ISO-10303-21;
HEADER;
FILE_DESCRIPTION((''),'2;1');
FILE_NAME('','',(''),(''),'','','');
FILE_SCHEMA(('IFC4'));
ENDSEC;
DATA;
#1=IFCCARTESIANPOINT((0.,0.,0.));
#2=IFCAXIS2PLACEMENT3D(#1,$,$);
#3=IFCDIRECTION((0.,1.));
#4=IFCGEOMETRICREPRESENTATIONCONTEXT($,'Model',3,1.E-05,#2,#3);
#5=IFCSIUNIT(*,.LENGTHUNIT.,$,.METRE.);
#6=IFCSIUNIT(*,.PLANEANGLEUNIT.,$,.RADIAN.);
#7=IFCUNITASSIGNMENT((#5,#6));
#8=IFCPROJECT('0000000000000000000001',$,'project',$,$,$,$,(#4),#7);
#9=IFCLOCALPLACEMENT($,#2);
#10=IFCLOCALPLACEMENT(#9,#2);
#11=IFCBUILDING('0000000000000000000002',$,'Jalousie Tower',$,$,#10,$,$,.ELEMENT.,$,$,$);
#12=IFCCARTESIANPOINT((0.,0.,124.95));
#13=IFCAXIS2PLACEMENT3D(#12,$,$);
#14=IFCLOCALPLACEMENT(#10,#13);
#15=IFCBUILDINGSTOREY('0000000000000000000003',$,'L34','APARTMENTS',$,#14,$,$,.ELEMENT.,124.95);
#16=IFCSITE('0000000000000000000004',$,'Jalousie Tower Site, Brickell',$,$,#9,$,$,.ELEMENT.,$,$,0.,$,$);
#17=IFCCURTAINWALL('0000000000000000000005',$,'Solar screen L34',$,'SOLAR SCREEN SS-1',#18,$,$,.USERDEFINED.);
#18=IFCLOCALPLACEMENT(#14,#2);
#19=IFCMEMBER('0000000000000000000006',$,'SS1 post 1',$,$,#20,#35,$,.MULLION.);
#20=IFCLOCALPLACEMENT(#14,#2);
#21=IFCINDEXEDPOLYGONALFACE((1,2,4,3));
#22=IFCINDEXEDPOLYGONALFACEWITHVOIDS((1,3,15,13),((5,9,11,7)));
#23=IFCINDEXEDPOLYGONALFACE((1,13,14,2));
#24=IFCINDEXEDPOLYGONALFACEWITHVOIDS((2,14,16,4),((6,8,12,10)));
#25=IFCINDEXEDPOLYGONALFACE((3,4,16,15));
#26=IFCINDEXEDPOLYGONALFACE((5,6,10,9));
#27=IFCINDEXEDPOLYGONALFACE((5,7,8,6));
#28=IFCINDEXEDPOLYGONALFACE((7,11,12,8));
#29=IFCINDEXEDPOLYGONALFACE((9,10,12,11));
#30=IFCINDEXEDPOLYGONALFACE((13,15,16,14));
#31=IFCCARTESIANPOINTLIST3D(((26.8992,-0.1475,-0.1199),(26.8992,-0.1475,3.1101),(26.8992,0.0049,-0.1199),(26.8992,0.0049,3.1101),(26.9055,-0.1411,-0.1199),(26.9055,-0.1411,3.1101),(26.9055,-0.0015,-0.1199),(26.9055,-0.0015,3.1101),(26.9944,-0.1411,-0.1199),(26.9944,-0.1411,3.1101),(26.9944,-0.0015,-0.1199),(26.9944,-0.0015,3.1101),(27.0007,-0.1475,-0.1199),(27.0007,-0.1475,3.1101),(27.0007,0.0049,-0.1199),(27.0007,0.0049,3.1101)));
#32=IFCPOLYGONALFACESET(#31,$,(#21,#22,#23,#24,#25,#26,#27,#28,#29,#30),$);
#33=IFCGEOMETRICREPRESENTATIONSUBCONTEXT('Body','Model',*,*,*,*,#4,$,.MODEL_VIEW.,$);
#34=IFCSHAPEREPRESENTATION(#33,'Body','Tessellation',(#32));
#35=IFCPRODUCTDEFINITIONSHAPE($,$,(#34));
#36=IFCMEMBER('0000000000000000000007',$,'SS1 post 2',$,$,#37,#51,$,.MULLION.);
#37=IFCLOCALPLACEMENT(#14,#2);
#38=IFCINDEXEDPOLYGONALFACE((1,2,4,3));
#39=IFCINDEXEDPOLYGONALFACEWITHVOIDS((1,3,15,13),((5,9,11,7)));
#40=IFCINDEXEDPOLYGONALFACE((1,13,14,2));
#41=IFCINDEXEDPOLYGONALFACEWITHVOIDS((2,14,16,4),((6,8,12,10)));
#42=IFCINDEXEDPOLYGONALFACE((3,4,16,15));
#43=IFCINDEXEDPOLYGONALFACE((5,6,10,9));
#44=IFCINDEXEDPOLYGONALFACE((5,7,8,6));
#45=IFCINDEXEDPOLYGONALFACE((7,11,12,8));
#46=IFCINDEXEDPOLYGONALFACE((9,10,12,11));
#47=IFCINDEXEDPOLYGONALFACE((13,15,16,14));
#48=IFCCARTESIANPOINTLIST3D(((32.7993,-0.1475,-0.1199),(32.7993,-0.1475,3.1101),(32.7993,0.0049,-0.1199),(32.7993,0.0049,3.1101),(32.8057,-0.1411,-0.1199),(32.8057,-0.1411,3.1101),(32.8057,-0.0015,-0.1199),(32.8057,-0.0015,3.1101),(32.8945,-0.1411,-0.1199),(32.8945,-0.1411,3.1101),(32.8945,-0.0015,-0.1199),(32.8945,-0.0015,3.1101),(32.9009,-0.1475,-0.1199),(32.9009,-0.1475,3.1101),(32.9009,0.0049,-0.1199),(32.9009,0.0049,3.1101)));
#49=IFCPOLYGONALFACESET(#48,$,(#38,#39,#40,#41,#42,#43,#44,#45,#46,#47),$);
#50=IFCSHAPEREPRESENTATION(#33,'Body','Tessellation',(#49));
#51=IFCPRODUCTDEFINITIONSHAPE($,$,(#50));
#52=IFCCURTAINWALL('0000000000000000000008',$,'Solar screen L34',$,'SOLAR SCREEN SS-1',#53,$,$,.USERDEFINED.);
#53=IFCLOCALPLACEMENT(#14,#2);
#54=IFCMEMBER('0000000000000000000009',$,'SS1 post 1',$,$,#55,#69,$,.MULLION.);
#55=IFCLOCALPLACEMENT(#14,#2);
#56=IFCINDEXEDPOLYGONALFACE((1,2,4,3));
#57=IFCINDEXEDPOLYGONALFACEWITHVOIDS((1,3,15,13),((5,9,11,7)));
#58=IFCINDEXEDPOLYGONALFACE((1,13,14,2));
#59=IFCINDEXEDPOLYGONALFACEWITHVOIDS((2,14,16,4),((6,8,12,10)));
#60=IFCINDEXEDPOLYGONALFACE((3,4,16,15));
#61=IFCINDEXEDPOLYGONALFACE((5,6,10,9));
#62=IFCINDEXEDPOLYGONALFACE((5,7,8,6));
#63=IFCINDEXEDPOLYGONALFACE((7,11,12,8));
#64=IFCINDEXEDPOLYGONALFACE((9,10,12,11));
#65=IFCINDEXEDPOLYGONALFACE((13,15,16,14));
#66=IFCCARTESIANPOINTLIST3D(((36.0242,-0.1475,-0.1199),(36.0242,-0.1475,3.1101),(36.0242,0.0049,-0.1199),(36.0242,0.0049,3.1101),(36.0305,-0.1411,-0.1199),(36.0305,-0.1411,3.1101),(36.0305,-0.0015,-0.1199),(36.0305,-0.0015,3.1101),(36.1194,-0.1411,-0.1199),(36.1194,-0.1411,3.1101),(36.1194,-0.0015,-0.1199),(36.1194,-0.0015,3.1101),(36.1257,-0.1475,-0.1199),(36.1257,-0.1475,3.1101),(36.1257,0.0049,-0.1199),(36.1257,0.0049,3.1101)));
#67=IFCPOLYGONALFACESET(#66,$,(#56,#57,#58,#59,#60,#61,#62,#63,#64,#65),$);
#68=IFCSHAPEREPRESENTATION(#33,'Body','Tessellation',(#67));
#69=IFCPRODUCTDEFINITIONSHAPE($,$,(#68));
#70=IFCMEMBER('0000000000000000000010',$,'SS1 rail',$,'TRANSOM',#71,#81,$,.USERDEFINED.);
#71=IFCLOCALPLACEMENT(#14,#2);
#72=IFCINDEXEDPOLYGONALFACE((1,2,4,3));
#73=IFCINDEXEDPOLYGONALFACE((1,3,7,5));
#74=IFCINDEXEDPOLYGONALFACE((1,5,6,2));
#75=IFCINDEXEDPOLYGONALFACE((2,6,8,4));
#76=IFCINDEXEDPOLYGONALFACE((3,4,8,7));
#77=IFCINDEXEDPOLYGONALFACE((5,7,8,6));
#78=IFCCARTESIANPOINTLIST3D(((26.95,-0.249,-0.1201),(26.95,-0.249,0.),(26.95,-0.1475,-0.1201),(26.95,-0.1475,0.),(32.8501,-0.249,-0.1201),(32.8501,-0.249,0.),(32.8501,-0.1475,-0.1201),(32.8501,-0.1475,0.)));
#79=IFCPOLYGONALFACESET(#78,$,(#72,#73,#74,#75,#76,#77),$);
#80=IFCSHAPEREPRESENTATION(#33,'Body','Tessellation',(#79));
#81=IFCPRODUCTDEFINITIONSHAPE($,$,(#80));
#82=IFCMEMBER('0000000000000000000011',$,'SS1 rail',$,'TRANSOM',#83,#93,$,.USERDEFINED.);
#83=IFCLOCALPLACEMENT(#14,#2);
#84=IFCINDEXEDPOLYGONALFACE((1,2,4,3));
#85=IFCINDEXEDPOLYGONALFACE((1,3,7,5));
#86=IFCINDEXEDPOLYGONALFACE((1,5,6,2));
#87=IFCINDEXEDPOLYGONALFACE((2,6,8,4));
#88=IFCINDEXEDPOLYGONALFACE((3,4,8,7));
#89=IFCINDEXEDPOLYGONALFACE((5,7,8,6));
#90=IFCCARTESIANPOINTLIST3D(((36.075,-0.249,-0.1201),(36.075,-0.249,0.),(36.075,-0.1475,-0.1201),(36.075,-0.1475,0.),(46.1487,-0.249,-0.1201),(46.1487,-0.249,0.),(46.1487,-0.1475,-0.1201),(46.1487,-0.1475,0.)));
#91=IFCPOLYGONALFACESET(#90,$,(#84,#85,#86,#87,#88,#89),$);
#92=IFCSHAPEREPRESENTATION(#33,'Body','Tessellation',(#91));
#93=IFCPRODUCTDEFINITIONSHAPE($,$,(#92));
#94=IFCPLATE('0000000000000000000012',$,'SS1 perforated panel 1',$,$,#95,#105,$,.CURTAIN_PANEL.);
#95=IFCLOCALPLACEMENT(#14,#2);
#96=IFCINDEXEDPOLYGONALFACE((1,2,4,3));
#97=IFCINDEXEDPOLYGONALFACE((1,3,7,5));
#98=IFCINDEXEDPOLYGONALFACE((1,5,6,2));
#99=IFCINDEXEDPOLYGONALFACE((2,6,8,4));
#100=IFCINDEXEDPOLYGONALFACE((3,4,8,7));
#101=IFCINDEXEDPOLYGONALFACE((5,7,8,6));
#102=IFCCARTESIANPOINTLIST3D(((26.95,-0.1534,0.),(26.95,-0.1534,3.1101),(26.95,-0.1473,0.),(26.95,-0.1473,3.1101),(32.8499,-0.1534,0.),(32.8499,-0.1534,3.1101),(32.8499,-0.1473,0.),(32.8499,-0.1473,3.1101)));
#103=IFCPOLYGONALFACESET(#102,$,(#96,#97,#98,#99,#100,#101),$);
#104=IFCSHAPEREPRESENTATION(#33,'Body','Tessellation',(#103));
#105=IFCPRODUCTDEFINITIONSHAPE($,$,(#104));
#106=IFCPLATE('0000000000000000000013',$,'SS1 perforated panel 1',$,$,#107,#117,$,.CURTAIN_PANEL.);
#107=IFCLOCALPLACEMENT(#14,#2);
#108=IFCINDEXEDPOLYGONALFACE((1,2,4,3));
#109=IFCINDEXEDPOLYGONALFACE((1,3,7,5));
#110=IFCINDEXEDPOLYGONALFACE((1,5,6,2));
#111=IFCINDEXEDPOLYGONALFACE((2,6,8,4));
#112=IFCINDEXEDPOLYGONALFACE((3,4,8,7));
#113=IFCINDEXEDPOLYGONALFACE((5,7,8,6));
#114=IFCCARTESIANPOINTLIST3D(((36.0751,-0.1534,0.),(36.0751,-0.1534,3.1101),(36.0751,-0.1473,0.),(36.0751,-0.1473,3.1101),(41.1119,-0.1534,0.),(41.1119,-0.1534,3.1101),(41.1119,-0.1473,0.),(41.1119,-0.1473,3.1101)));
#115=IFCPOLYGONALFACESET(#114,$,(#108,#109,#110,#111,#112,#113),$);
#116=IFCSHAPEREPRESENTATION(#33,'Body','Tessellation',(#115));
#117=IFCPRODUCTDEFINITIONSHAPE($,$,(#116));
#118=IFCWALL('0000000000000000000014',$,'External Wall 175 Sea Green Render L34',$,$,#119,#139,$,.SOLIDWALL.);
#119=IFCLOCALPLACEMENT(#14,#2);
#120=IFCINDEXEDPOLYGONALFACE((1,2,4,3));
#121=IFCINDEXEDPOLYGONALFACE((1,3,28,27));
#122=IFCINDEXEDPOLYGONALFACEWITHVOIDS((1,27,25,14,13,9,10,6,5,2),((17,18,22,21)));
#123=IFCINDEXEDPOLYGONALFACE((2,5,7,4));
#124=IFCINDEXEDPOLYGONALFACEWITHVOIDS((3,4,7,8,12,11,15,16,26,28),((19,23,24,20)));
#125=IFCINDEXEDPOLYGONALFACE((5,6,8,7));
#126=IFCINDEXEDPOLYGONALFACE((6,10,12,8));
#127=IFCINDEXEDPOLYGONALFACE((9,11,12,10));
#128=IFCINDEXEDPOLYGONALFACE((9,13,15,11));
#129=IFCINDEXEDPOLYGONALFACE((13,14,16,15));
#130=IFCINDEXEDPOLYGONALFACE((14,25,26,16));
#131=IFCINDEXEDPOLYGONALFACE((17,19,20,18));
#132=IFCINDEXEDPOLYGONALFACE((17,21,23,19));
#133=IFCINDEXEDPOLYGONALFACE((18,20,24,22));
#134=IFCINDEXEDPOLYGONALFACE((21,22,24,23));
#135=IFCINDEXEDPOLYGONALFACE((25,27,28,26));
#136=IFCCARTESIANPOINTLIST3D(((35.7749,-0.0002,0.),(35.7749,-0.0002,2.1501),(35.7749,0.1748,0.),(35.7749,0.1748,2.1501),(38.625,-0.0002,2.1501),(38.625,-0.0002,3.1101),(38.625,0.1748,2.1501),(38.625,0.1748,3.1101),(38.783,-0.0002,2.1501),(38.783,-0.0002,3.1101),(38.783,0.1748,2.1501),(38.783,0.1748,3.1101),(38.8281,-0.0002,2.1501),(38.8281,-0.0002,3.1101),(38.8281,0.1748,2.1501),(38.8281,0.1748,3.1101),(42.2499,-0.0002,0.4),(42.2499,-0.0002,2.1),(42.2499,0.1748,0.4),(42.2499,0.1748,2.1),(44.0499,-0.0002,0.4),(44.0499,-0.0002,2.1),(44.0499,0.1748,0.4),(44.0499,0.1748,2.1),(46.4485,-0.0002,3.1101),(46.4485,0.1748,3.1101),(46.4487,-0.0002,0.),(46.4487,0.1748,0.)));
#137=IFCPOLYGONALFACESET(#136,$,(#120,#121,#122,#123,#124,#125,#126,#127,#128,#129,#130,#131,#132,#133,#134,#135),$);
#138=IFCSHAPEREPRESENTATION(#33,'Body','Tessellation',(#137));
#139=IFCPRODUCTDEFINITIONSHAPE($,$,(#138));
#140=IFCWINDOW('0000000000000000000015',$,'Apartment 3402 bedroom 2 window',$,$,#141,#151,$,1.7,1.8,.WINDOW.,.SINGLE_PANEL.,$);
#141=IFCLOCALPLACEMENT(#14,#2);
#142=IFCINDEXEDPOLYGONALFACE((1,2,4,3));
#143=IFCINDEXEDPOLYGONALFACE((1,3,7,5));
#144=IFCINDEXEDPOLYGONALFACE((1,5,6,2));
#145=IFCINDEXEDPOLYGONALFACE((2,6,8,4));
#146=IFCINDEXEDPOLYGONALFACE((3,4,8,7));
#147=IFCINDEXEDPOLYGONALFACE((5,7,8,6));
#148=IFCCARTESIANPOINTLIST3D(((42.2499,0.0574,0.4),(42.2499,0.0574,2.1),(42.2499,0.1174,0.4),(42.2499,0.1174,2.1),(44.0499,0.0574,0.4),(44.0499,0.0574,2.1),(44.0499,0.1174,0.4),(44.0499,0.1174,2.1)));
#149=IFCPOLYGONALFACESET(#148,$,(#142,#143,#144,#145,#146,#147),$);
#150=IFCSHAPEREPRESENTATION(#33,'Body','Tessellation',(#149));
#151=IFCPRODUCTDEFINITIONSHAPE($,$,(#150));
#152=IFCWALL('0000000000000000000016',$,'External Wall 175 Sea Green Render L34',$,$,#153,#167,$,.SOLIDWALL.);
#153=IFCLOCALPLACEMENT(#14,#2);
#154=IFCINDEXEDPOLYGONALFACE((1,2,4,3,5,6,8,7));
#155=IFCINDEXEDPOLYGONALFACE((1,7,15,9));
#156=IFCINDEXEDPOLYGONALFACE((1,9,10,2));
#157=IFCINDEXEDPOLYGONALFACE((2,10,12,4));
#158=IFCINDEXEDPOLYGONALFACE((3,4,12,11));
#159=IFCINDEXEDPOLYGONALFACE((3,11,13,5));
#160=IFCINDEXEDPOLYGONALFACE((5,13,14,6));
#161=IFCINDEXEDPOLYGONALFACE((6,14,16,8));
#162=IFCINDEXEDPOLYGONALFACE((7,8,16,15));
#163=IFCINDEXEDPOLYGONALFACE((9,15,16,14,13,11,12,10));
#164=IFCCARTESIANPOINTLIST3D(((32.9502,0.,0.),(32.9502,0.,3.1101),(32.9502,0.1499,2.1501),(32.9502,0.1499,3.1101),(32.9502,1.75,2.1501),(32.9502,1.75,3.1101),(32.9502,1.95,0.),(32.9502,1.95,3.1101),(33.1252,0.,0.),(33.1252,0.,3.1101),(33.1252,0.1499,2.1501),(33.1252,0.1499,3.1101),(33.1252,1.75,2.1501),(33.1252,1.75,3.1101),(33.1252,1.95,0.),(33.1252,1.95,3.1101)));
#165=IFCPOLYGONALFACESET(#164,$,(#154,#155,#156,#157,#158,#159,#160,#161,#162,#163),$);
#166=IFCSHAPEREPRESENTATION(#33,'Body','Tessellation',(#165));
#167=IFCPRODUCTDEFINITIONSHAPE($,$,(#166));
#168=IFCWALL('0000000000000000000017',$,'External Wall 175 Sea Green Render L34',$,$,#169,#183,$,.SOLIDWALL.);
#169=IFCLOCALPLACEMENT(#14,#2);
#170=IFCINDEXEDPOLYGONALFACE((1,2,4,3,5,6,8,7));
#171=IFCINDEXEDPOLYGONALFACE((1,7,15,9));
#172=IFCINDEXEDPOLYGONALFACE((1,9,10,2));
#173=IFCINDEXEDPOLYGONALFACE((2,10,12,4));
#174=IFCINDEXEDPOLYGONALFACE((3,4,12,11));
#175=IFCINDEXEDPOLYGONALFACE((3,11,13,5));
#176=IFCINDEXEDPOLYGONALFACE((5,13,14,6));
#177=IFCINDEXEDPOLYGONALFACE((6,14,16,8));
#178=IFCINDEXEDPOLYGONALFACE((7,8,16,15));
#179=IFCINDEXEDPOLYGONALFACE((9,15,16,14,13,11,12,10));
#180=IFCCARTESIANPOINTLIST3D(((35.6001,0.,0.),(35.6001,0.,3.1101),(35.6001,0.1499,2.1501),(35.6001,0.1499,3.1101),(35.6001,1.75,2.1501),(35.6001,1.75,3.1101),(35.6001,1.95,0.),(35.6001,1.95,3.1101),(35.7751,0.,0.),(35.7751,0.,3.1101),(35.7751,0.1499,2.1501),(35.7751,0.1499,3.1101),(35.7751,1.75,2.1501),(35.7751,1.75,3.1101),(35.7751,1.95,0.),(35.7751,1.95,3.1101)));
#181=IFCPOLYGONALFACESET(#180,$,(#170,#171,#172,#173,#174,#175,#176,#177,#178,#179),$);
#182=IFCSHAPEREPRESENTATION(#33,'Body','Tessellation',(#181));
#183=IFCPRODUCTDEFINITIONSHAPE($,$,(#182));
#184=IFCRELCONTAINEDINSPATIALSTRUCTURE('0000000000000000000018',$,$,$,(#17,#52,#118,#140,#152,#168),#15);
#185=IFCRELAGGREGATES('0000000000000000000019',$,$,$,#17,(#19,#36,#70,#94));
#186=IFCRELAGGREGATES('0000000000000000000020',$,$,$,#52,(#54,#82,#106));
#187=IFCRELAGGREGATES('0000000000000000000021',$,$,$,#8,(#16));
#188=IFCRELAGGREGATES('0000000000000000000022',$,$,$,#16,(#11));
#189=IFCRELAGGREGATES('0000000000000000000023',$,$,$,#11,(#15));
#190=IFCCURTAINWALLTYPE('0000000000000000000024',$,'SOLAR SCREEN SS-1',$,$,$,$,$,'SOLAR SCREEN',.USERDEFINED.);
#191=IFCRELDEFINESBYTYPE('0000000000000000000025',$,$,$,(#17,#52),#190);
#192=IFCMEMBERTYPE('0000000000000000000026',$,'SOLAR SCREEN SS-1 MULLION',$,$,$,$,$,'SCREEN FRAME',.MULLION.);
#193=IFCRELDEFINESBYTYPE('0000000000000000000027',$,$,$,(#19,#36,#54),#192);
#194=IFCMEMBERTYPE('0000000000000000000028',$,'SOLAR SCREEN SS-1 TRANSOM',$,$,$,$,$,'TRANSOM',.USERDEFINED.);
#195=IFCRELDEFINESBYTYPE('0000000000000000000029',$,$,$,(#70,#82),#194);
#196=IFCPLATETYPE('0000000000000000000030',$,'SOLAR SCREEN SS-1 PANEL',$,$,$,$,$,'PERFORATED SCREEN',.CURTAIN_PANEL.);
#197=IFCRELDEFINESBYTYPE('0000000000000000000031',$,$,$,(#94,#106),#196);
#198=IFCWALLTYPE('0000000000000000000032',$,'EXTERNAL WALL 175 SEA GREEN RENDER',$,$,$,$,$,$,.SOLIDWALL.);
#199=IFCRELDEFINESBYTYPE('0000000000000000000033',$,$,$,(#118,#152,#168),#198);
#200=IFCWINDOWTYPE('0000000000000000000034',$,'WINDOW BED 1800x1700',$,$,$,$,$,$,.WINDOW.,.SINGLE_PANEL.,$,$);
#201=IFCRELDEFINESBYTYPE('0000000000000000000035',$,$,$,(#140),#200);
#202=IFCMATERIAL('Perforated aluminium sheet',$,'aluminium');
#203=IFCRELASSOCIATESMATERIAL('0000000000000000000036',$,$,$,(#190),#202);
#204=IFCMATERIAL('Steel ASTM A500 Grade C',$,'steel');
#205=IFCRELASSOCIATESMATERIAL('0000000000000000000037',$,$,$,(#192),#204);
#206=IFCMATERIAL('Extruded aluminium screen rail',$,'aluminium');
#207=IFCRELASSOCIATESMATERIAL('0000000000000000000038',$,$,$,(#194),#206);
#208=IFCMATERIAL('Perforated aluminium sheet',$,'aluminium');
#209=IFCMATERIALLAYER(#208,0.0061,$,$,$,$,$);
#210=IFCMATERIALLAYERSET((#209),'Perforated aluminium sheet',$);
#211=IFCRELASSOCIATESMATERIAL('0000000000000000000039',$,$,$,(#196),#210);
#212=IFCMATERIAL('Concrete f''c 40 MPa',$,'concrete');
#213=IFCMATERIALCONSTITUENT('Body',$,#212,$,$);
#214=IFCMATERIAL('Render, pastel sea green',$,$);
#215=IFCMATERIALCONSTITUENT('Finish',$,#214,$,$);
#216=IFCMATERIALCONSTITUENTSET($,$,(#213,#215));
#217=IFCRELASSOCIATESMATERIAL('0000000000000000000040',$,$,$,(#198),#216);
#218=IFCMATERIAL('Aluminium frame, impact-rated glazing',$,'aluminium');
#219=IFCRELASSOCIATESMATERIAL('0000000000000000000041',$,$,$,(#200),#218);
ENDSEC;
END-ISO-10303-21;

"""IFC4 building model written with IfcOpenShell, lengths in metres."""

from ifc_helpers import new_model, si_unit, direction, frame, frame_2d, origin, origin_2d, place, context, subcontext, project, spatial, polyline, rectangle, hollow_rectangle, outline, extrude, material, layer, layer_set, constituent, constituent_set, material_profile, profile_set, type_object, element, fill, aggregate, save


model = new_model("IFC4")

# Units and contexts
model_context = context("Model", 3, precision=1e-05, world=origin(), true_north=direction((0.0, 1.0)))
body_context = subcontext(model_context, "Body", "Model", "MODEL_VIEW")
ifc_project = project(units=[si_unit("LENGTHUNIT", "METRE"), si_unit("PLANEANGLEUNIT", "RADIAN")], contexts=[model_context])

# Site, building, storey
site_placement = place(None, origin())
site = spatial("IfcSite", under=ifc_project, at=site_placement, Name="Jalousie Tower Site, Brickell", CompositionType="ELEMENT", RefElevation=0.0)
building_placement = place(site_placement, origin())
building = spatial("IfcBuilding", under=site, at=building_placement, Name="Jalousie Tower", CompositionType="ELEMENT")
storey_placement = place(building_placement, frame((0.0, 0.0, 124.95)))
storey = spatial("IfcBuildingStorey", under=building, at=storey_placement, Name="L34", Description="APARTMENTS", CompositionType="ELEMENT", Elevation=124.95)

# Shared definitions
ifc_material_1 = material(Name="Perforated aluminium sheet", Category="aluminium")
curtain_wall_type = type_object("IfcCurtainWallType", Name="SOLAR SCREEN SS-1", ElementType="SOLAR SCREEN", PredefinedType="USERDEFINED", material=ifc_material_1)
ifc_material_2 = material(Name="Steel ASTM A500 Grade C", Category="steel")
ifc_material_profile_1 = material_profile(ifc_material_2, hollow_rectangle(XDim=0.1016, YDim=0.1523, WallThickness=0.0063, at=origin_2d()), Name="HSS6X4X1/4")
ifc_profile_set_1 = profile_set([ifc_material_profile_1], Name="Steel ASTM A500 Grade C")
member_type_1 = type_object("IfcMemberType", Name="SOLAR SCREEN SS-1 MULLION", ElementType="SCREEN FRAME", PredefinedType="MULLION", material=ifc_profile_set_1)

# Curtain wall, members
curtain_wall_1_placement = place(storey_placement, origin())
curtain_wall_1 = element("IfcCurtainWall", 1, at=curtain_wall_1_placement, inside=storey, type_object=curtain_wall_type, Name="Solar screen L34", ObjectType="SOLAR SCREEN SS-1", PredefinedType="USERDEFINED")
member_1_placement = place(storey_placement, frame((26.95, -0.0713, -0.1199), z_axis=(0.0, 0.0, 1.0), x_axis=(1.0, 0.0, 0.0)))
member_1 = element("IfcMember", 2, at=member_1_placement, type_object=member_type_1, Name="SS1 post 1", PredefinedType="MULLION", context=body_context, shape_type="SweptSolid", body=[
    extrude(hollow_rectangle(XDim=0.1016, YDim=0.1523, WallThickness=0.0063, at=origin_2d()), origin(), (0.0, 0.0, 1.0), 3.23),
])
member_2_placement = place(storey_placement, frame((32.8501, -0.0713, -0.1199), z_axis=(0.0, 0.0, 1.0), x_axis=(1.0, 0.0, 0.0)))
member_2 = element("IfcMember", 3, at=member_2_placement, type_object=member_type_1, Name="SS1 post 2", PredefinedType="MULLION", context=body_context, shape_type="SweptSolid", body=[
    extrude(hollow_rectangle(XDim=0.1016, YDim=0.1523, WallThickness=0.0063, at=origin_2d()), origin(), (0.0, 0.0, 1.0), 3.23),
])

# Curtain wall, member
curtain_wall_2_placement = place(storey_placement, origin())
curtain_wall_2 = element("IfcCurtainWall", 4, at=curtain_wall_2_placement, inside=storey, type_object=curtain_wall_type, Name="Solar screen L34", ObjectType="SOLAR SCREEN SS-1", PredefinedType="USERDEFINED")
member_3_placement = place(storey_placement, frame((36.075, -0.0713, -0.1199), z_axis=(0.0, 0.0, 1.0), x_axis=(1.0, 0.0, 0.0)))
member_3 = element("IfcMember", 5, at=member_3_placement, type_object=member_type_1, Name="SS1 post 1", PredefinedType="MULLION", context=body_context, shape_type="SweptSolid", body=[
    extrude(hollow_rectangle(XDim=0.1016, YDim=0.1523, WallThickness=0.0063, at=origin_2d()), origin(), (0.0, 0.0, 1.0), 3.23),
])

# Members
ifc_material_3 = material(Name="Extruded aluminium screen rail", Category="aluminium")
ifc_material_profile_2 = material_profile(ifc_material_3, rectangle(XDim=0.1016, YDim=0.1201, at=origin_2d()), Name="RAIL 102x120")
ifc_profile_set_2 = profile_set([ifc_material_profile_2], Name="Extruded aluminium screen rail")
member_type_2 = type_object("IfcMemberType", Name="SOLAR SCREEN SS-1 TRANSOM", ElementType="TRANSOM", PredefinedType="USERDEFINED", material=ifc_profile_set_2)
member_4_placement = place(storey_placement, frame((26.95, -0.1982, -0.0601), z_axis=(1.0, 0.0, 0.0), x_axis=(0.0, 1.0, 0.0)))
member_4 = element("IfcMember", 6, at=member_4_placement, type_object=member_type_2, Name="SS1 rail", ObjectType="TRANSOM", PredefinedType="USERDEFINED", context=body_context, shape_type="SweptSolid", body=[
    extrude(rectangle(XDim=0.1016, YDim=0.1201, at=origin_2d()), origin(), (0.0, 0.0, 1.0), 5.9001),
])
member_5_placement = place(storey_placement, frame((36.075, -0.1982, -0.0601), z_axis=(1.0, 0.0, 0.0), x_axis=(0.0, 1.0, 0.0)))
member_5 = element("IfcMember", 7, at=member_5_placement, type_object=member_type_2, Name="SS1 rail", ObjectType="TRANSOM", PredefinedType="USERDEFINED", context=body_context, shape_type="SweptSolid", body=[
    extrude(rectangle(XDim=0.1016, YDim=0.1201, at=origin_2d()), origin(), (0.0, 0.0, 1.0), 10.0737),
])

# Plates
ifc_material_4 = material(Name="Perforated aluminium sheet", Category="aluminium")
ifc_layer_1 = layer(ifc_material_4, 0.0061)
ifc_layer_set_1 = layer_set([ifc_layer_1], Name="Perforated aluminium sheet")
plate_type = type_object("IfcPlateType", Name="SOLAR SCREEN SS-1 PANEL", ElementType="PERFORATED SCREEN", PredefinedType="CURTAIN_PANEL", material=ifc_layer_set_1)
plate_1_placement = place(storey_placement, frame((29.8999, -0.1504, 0.0), z_axis=(0.0, 0.0, 1.0), x_axis=(1.0, 0.0, 0.0)))
plate_1 = element("IfcPlate", 8, at=plate_1_placement, type_object=plate_type, Name="SS1 perforated panel 1", PredefinedType="CURTAIN_PANEL", context=body_context, shape_type="SweptSolid", body=[
    extrude(rectangle(XDim=5.8999, YDim=0.0061, at=origin_2d()), origin(), (0.0, 0.0, 1.0), 3.1101),
])
aggregate(curtain_wall_1, [member_1, member_2, member_4, plate_1])
plate_2_placement = place(storey_placement, frame((38.5935, -0.1504, 0.0), z_axis=(0.0, 0.0, 1.0), x_axis=(1.0, 0.0, 0.0)))
plate_2 = element("IfcPlate", 9, at=plate_2_placement, type_object=plate_type, Name="SS1 perforated panel 1", PredefinedType="CURTAIN_PANEL", context=body_context, shape_type="SweptSolid", body=[
    extrude(rectangle(XDim=5.0369, YDim=0.0061, at=origin_2d()), origin(), (0.0, 0.0, 1.0), 3.1101),
])
aggregate(curtain_wall_2, [member_3, member_5, plate_2])

# Wall, opening, window
ifc_material_5 = material(Name="Concrete f'c 40 MPa", Category="concrete")
ifc_constituent_1 = constituent(ifc_material_5, Name="Body")
ifc_material_6 = material(Name="Render, pastel sea green")
ifc_constituent_2 = constituent(ifc_material_6, Name="Finish")
ifc_constituent_set_1 = constituent_set(constituents=[ifc_constituent_1, ifc_constituent_2])
wall_type_1 = type_object("IfcWallType", Name="EXTERNAL WALL 175 SEA GREEN RENDER", PredefinedType="SOLIDWALL", material=ifc_constituent_set_1)
wall_1_placement = place(storey_placement, frame((35.7749, 0.0874, 0.0), z_axis=(0.0, 0.0, 1.0), x_axis=(1.0, 0.0, 0.0)))
wall_1 = element("IfcWall", 10, at=wall_1_placement, inside=storey, type_object=wall_type_1, Name="External Wall 175 Sea Green Render L34", PredefinedType="SOLIDWALL", context=body_context, shape_type="SweptSolid", body=[
    extrude(outline(polyline([(0.0, 0.0), (10.6738, 0.0), (10.6736, 3.1101), (3.0532, 3.1101), (3.0532, 2.1501), (3.0081, 2.1501), (3.0081, 3.1101), (2.8501, 3.1101), (2.8501, 2.1501), (0.0, 2.1501), (0.0, 0.0)])), frame((0.0, 0.0874, 0.0), z_axis=(0.0, -1.0, 0.0), x_axis=(1.0, 0.0, 0.0)), (0.0, 0.0, 1.0), 0.175),
])
opening_1_placement = place(wall_1_placement, frame((6.4751, 0.0, 0.3999)))
opening_1 = element("IfcOpeningElement", 11, at=opening_1_placement, cuts=wall_1, PredefinedType="OPENING", context=body_context, shape_type="SweptSolid", body=[
    extrude(rectangle(XDim=1.8, YDim=1.7, at=frame_2d((0.8999, 0.8501))), frame((0.0, 0.0974, 0.0), z_axis=(0.0, -1.0, 0.0), x_axis=(1.0, 0.0, 0.0)), (0.0, 0.0, 1.0), 0.1951),
])
ifc_material_7 = material(Name="Aluminium frame, impact-rated glazing", Category="aluminium")
window_type = type_object("IfcWindowType", Name="WINDOW BED 1800x1700", PartitioningType="SINGLE_PANEL", PredefinedType="WINDOW", material=ifc_material_7)
window_placement = place(opening_1_placement, origin())
window = element("IfcWindow", 12, at=window_placement, inside=storey, type_object=window_type, Name="Apartment 3402 bedroom 2 window", OverallHeight=1.7, OverallWidth=1.8, PartitioningType="SINGLE_PANEL", PredefinedType="WINDOW", context=body_context, shape_type="SweptSolid", body=[
    extrude(rectangle(XDim=1.8, YDim=1.7, at=frame_2d((0.8999, 0.8501))), frame((0.0, 0.03, 0.0), z_axis=(0.0, -1.0, 0.0), x_axis=(1.0, 0.0, 0.0)), (0.0, 0.0, 1.0), 0.0601),
])
fill(opening_1, window)

# Walls
for number, where, z_axis, x_axis, name in (
    (13, (33.0376, 0.0, 0.0), (0.0, 0.0, 1.0), (0.0, 1.0, 0.0), "External Wall 175 Sea Green Render L34"),
    (14, (35.6875, 0.0, 0.0), (0.0, 0.0, 1.0), (0.0, 1.0, 0.0), "External Wall 175 Sea Green Render L34"),
):
    element("IfcWall", number, at=place(storey_placement, frame(where, z_axis=z_axis, x_axis=x_axis)), inside=storey, type_object=wall_type_1, Name=name, PredefinedType="SOLIDWALL", context=body_context, shape_type="SweptSolid", body=[
        extrude(outline(polyline([(0.0, 0.0), (1.95, 0.0), (1.95, 3.1101), (1.75, 3.1101), (1.75, 2.1501), (0.1499, 2.1501), (0.1499, 3.1101), (0.0, 3.1101), (0.0, 0.0)])), frame((0.0, 0.0874, 0.0), z_axis=(0.0, -1.0, 0.0), x_axis=(1.0, 0.0, 0.0)), (0.0, 0.0, 1.0), 0.175),
    ])

save(model, "model.ifc")
